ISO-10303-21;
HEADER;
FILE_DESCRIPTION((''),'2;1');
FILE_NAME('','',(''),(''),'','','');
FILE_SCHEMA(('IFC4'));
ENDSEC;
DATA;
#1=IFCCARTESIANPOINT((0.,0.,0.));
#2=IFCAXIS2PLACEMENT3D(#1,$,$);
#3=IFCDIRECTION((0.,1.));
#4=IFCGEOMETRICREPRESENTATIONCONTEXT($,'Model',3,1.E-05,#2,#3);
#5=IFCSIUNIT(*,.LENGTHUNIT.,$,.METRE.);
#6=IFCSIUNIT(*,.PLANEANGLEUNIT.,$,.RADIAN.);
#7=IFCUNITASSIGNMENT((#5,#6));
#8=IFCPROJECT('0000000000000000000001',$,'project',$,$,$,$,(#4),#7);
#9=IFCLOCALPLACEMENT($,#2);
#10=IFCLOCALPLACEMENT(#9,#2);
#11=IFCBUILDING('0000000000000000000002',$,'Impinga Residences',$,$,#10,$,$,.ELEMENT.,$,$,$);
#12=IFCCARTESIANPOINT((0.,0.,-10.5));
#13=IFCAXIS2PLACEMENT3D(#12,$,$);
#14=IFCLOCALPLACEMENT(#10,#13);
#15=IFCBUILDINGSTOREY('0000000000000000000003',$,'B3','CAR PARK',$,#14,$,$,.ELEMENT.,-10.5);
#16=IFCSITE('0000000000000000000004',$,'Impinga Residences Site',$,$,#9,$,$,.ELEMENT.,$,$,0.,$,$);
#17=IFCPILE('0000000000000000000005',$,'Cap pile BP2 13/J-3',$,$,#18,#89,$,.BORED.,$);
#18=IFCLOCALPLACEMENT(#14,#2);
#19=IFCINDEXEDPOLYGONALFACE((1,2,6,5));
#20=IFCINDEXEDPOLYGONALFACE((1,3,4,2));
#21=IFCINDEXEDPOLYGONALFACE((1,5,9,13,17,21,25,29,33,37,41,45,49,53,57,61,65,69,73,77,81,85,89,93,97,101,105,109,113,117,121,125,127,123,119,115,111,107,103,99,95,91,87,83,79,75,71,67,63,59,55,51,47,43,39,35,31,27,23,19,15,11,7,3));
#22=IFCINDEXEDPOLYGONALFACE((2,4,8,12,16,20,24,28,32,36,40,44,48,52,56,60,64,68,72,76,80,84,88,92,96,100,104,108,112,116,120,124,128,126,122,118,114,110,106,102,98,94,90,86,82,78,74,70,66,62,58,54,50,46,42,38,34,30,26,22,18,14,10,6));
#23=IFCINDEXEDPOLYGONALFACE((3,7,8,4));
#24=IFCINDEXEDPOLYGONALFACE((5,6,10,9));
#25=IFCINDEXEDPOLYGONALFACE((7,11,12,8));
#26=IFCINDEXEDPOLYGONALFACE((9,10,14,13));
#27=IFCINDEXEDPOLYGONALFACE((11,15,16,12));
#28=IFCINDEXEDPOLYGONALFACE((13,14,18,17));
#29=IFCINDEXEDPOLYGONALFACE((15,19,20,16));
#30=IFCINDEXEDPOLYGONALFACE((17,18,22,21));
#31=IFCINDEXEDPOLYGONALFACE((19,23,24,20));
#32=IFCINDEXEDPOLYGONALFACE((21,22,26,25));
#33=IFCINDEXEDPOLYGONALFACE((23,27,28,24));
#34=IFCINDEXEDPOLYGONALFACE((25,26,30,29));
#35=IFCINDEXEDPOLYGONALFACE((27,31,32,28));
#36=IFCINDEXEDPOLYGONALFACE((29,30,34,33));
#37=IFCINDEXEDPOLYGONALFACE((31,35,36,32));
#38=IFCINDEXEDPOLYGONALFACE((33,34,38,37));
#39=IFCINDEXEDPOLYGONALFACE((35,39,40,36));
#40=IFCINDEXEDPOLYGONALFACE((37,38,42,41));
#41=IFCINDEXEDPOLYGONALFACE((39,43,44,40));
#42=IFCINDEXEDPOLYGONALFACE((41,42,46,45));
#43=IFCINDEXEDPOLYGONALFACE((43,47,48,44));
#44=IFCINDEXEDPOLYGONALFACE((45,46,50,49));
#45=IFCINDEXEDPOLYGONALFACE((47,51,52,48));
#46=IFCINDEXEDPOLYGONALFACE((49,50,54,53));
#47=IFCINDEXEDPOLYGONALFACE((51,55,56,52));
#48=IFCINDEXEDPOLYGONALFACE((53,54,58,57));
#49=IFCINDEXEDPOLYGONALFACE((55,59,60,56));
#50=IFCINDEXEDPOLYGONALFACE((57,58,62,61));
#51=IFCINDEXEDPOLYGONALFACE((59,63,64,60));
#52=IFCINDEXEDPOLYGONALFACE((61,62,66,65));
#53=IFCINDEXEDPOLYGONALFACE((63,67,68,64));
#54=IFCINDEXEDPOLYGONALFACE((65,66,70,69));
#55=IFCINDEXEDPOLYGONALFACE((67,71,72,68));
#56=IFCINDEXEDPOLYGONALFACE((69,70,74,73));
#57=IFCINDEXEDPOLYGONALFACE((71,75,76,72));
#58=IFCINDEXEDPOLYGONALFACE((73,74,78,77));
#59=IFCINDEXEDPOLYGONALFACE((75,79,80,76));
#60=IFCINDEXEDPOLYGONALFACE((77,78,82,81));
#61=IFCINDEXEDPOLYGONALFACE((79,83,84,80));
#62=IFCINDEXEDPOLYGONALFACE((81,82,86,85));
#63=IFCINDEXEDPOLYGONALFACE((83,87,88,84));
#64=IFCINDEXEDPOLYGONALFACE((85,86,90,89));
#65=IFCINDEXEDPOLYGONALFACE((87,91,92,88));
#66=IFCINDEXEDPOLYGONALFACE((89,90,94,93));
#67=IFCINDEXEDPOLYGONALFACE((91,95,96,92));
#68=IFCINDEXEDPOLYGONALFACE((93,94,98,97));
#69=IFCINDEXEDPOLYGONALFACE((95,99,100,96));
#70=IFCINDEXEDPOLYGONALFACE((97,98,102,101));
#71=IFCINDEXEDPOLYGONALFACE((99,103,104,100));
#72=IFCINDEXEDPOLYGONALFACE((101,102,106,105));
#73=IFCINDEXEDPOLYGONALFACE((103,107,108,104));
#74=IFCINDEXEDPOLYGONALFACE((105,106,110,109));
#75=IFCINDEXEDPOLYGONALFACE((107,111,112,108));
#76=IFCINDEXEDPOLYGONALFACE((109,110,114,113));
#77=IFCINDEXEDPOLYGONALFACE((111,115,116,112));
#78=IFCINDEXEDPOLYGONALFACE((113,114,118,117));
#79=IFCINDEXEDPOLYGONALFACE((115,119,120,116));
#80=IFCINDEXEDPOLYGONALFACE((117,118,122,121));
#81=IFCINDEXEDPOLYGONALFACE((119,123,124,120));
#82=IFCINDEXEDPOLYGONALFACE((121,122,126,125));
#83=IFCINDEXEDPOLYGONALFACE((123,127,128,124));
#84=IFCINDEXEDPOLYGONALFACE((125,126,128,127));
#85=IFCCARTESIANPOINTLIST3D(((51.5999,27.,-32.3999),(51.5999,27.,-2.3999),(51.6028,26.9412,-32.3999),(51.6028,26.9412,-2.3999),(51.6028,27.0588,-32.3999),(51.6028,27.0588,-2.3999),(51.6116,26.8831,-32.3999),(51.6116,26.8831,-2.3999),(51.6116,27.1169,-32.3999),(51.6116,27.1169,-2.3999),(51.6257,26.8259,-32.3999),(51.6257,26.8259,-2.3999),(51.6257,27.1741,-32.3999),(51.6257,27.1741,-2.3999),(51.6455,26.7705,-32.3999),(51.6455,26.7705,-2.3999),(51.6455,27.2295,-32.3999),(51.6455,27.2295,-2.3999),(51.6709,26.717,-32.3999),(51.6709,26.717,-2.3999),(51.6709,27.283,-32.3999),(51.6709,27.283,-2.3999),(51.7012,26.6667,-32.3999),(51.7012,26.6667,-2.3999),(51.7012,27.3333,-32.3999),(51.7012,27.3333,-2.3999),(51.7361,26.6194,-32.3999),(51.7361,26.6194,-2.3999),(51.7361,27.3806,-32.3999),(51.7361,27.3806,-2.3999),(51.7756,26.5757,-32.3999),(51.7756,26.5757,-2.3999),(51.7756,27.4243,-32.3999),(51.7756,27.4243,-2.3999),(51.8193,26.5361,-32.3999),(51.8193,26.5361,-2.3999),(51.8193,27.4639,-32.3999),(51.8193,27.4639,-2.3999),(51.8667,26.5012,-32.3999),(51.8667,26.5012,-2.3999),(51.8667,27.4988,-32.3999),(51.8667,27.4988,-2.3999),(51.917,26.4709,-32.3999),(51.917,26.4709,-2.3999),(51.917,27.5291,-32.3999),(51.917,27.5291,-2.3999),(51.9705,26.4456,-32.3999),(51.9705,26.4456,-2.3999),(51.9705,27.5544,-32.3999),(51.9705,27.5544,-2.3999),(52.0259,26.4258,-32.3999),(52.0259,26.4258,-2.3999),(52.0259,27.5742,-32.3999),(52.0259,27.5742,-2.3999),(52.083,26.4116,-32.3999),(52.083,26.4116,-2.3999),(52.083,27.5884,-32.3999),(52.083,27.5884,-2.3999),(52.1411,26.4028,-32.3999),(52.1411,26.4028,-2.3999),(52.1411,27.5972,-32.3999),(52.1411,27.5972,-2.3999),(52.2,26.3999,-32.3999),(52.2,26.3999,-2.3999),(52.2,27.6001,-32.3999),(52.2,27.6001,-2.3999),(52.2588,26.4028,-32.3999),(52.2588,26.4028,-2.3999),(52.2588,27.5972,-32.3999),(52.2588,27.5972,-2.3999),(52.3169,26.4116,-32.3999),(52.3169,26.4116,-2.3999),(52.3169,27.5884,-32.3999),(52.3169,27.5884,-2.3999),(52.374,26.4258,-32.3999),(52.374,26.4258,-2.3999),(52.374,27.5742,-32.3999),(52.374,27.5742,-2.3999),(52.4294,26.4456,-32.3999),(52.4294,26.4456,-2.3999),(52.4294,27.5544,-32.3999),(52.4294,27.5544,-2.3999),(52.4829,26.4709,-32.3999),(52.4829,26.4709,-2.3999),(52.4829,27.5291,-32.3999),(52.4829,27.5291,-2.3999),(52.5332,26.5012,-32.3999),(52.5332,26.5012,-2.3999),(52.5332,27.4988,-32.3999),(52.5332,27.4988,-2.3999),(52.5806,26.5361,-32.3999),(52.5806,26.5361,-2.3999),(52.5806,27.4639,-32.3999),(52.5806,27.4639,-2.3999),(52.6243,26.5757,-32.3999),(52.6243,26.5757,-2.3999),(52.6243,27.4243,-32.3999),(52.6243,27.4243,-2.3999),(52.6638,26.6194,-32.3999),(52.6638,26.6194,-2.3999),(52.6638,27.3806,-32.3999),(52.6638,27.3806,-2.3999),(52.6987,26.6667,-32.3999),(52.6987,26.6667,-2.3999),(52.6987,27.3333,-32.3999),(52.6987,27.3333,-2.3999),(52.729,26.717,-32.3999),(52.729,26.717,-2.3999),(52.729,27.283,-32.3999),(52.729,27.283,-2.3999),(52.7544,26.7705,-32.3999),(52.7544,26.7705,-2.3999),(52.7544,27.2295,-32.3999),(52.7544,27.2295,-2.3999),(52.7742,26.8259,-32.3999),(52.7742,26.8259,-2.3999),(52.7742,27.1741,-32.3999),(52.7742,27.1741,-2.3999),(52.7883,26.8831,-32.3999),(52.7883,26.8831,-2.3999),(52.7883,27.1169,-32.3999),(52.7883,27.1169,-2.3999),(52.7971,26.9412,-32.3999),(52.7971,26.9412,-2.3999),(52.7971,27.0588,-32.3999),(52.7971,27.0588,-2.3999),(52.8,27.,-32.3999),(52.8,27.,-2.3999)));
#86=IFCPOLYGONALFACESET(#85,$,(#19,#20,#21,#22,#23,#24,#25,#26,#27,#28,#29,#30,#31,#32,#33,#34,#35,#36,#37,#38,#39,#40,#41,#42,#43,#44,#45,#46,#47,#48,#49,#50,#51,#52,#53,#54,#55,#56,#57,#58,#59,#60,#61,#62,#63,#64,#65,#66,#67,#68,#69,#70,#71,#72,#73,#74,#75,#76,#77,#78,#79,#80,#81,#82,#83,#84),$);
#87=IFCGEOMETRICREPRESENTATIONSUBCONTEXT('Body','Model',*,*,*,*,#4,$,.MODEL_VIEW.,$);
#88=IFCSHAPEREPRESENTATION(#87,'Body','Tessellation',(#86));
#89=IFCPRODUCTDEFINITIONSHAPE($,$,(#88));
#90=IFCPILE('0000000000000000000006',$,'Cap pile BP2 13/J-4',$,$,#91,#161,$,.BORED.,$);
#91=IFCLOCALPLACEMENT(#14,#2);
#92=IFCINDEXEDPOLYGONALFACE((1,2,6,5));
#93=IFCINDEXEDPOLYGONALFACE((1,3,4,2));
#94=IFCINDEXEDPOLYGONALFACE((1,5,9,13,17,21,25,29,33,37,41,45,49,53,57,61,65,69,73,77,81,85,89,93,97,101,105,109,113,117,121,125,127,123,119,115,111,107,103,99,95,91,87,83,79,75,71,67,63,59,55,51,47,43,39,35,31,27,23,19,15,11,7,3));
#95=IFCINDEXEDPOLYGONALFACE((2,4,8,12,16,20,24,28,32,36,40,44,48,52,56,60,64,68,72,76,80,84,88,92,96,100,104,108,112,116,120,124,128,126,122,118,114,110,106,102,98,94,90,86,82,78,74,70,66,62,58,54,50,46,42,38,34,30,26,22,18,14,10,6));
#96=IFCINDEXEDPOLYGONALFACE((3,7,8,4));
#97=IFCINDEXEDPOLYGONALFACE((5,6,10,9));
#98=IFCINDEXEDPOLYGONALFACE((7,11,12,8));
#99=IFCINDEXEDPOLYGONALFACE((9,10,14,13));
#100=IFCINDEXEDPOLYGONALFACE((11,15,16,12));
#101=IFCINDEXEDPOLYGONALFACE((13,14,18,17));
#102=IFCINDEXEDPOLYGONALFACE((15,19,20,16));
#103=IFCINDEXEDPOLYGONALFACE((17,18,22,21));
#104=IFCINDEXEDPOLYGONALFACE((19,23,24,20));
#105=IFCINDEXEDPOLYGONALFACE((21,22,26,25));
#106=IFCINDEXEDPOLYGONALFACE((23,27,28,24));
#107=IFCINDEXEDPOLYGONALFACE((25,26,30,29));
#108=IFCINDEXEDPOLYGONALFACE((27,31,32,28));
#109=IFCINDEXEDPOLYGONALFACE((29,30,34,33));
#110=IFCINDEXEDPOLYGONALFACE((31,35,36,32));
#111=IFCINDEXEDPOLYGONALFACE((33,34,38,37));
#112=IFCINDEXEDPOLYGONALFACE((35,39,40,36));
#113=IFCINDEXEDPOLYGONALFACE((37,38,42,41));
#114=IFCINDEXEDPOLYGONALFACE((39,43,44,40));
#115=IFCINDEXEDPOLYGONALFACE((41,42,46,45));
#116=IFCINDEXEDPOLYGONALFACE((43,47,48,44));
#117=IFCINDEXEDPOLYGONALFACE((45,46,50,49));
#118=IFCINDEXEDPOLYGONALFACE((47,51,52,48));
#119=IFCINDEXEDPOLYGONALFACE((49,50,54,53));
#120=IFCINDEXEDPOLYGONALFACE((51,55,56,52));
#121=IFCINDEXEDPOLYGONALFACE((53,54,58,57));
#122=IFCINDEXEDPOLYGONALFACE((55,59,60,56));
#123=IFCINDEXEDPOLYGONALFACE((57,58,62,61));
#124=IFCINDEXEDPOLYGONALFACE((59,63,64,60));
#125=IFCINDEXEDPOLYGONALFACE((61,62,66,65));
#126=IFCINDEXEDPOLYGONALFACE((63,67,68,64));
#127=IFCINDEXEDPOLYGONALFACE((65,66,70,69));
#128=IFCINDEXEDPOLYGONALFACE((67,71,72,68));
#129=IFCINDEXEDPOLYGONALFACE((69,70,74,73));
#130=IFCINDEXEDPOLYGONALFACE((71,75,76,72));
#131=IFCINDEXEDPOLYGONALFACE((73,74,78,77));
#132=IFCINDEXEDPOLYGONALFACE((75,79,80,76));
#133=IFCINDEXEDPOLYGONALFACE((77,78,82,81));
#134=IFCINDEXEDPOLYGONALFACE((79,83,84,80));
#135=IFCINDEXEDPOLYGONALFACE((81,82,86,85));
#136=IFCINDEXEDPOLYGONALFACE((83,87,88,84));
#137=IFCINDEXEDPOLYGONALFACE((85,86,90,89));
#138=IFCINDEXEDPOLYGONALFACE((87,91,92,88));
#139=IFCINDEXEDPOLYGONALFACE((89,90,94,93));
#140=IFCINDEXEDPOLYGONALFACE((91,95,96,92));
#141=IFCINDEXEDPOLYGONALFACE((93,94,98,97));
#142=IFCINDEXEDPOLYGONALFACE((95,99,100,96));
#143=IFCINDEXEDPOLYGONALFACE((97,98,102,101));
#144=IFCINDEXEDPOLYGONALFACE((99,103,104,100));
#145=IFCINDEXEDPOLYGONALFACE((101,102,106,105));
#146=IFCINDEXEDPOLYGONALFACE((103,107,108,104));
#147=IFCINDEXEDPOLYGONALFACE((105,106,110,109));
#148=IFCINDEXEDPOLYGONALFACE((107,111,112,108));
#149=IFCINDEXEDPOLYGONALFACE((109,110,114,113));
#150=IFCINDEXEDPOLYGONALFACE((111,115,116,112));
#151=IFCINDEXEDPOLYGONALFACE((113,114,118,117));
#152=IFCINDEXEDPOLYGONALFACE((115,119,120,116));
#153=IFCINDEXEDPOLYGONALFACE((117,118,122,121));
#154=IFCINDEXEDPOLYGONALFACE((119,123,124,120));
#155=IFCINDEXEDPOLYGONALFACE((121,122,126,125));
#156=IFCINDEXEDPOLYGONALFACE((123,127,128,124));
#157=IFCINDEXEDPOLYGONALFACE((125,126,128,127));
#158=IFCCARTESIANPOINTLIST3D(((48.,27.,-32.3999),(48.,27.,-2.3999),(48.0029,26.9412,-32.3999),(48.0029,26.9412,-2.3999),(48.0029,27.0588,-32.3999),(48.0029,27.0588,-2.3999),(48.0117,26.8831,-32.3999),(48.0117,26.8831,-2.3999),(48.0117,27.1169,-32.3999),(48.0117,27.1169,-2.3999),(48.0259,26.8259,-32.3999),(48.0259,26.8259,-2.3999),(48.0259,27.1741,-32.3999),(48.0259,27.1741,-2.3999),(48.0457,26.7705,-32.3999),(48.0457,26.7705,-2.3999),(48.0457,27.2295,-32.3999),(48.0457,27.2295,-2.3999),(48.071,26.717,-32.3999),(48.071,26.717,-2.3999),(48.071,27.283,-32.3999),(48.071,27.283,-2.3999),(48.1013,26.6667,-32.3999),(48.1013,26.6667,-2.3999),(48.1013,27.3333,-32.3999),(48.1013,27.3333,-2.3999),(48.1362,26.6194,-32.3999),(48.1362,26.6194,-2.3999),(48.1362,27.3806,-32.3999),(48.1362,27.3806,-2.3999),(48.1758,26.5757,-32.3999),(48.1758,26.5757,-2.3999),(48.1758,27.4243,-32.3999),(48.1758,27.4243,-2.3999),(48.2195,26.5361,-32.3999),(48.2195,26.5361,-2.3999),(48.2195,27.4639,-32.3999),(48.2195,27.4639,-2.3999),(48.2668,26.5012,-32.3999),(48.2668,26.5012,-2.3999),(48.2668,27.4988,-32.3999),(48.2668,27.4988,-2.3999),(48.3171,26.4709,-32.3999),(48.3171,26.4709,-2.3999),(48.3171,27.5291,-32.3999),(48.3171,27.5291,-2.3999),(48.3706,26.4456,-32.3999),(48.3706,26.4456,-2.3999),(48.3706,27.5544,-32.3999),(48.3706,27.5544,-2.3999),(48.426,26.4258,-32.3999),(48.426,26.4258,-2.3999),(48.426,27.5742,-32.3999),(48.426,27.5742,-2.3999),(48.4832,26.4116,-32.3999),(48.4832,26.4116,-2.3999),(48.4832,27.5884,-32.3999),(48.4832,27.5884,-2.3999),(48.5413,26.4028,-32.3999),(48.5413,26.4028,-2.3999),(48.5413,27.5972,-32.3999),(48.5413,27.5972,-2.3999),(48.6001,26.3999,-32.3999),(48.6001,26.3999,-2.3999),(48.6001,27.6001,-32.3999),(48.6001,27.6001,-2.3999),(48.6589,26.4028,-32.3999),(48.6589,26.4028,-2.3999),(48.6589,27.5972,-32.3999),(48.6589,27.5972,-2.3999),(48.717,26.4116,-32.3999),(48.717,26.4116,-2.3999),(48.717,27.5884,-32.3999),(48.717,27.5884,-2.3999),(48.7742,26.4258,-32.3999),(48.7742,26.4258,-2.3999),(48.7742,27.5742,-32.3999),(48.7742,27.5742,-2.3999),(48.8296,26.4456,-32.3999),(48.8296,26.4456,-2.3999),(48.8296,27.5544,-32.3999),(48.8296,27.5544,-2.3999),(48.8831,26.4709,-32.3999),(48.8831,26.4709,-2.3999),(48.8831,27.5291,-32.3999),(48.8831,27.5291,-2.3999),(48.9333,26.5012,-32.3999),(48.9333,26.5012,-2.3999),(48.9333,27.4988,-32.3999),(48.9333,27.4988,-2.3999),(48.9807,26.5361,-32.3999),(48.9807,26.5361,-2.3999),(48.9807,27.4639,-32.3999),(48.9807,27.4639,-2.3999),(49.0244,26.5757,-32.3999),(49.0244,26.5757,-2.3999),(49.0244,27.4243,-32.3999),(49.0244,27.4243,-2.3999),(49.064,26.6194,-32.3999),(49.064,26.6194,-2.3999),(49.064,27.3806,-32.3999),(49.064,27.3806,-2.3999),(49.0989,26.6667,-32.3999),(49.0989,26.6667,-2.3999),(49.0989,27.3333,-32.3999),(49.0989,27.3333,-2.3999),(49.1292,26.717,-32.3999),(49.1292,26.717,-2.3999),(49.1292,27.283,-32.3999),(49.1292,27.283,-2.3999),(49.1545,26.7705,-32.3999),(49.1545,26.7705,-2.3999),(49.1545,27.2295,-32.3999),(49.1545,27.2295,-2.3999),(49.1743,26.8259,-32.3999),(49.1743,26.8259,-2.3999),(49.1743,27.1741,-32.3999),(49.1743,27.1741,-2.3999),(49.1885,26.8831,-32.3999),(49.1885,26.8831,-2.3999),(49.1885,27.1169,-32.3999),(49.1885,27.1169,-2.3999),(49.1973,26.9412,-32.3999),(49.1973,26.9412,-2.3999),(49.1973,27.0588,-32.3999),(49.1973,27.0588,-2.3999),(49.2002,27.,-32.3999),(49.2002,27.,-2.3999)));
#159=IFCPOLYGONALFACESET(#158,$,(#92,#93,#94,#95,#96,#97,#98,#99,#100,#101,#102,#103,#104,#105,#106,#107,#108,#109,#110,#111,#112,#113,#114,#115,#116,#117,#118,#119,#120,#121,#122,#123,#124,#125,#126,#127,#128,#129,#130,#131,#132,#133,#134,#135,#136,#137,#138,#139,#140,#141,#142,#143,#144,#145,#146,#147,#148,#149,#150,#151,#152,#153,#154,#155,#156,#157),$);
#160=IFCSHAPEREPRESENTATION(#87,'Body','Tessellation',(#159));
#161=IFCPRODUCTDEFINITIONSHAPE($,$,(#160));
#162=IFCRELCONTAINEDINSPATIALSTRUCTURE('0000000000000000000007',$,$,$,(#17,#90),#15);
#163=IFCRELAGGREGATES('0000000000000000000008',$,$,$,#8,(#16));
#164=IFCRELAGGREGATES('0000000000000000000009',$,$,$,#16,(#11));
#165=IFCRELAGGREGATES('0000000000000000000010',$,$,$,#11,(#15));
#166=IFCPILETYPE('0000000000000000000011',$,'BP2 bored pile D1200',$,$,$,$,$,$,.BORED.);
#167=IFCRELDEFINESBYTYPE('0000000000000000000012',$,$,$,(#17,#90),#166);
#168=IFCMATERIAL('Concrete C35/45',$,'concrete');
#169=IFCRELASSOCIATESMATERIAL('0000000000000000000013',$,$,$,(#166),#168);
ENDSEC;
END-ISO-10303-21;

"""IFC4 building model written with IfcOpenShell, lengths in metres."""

from ifc_helpers import new_model, si_unit, direction, frame, origin, origin_2d, place, context, subcontext, project, spatial, polyline, circle, outline, extrude, material, material_profile, profile_set, type_object, element, save


model = new_model("IFC4")

# Units and contexts
model_context = context("Model", 3, precision=1e-05, world=origin(), true_north=direction((0.0, 1.0)))
body_context = subcontext(model_context, "Body", "Model", "MODEL_VIEW")
ifc_project = project(units=[si_unit("LENGTHUNIT", "METRE"), si_unit("PLANEANGLEUNIT", "RADIAN")], contexts=[model_context])

# Site, building, storey
site_placement = place(None, origin())
site = spatial("IfcSite", under=ifc_project, at=site_placement, Name="Impinga Residences Site", CompositionType="ELEMENT", RefElevation=0.0)
building_placement = place(site_placement, origin())
building = spatial("IfcBuilding", under=site, at=building_placement, Name="Impinga Residences", CompositionType="ELEMENT")
storey_placement = place(building_placement, frame((0.0, 0.0, -10.5)))
storey = spatial("IfcBuildingStorey", under=building, at=storey_placement, Name="B3", Description="CAR PARK", CompositionType="ELEMENT", Elevation=-10.5)

# Piles
ifc_material_1 = material(Name="Concrete C35/45", Category="concrete")
ifc_material_profile_1 = material_profile(ifc_material_1, circle(Radius=0.6001, at=origin_2d()), Name="D1200")
ifc_profile_set_1 = profile_set([ifc_material_profile_1], Name="Concrete C35/45")
pile_type = type_object("IfcPileType", Name="BP2 bored pile D1200", PredefinedType="BORED", material=ifc_profile_set_1)
pile_1_placement = place(storey_placement, frame((52.2, 27.0, -2.3999), z_axis=(0.0, 0.0, -1.0), x_axis=(1.0, 0.0, 0.0)))
element("IfcPile", 1, at=pile_1_placement, inside=storey, type_object=pile_type, Name="Cap pile BP2 13/J-3", PredefinedType="BORED", context=body_context, shape_type="SweptSolid", body=[
    extrude(outline(polyline([(0.6001, 0.0), (0.5972, 0.0588), (0.5884, 0.1169), (0.5742, 0.1741), (0.5544, 0.2295), (0.5291, 0.283), (0.4988, 0.3333), (0.4639, 0.3806), (0.4243, 0.4243), (0.3806, 0.4639), (0.3333, 0.4988), (0.283, 0.5291), (0.2295, 0.5544), (0.1741, 0.5742), (0.1169, 0.5884), (0.0588, 0.5972), (0.0, 0.6001), (-0.0588, 0.5972), (-0.1169, 0.5884), (-0.1741, 0.5742), (-0.2295, 0.5544), (-0.283, 0.5291), (-0.3333, 0.4988), (-0.3806, 0.4639), (-0.4243, 0.4243), (-0.4639, 0.3806), (-0.4988, 0.3333), (-0.5291, 0.283), (-0.5544, 0.2295), (-0.5742, 0.1741), (-0.5884, 0.1169), (-0.5972, 0.0588), (-0.6001, 0.0), (-0.5972, -0.0588), (-0.5884, -0.1169), (-0.5742, -0.1741), (-0.5544, -0.2295), (-0.5291, -0.283), (-0.4988, -0.3333), (-0.4639, -0.3806), (-0.4243, -0.4243), (-0.3806, -0.4639), (-0.3333, -0.4988), (-0.283, -0.5291), (-0.2295, -0.5544), (-0.1741, -0.5742), (-0.1169, -0.5884), (-0.0588, -0.5972), (0.0, -0.6001), (0.0588, -0.5972), (0.1169, -0.5884), (0.1741, -0.5742), (0.2295, -0.5544), (0.283, -0.5291), (0.3333, -0.4988), (0.3806, -0.4639), (0.4243, -0.4243), (0.4639, -0.3806), (0.4988, -0.3333), (0.5291, -0.283), (0.5544, -0.2295), (0.5742, -0.1741), (0.5884, -0.1169), (0.5972, -0.0588), (0.6001, 0.0)])), origin(), (0.0, 0.0, 1.0), 30.0),
])
pile_2_placement = place(storey_placement, frame((48.6001, 27.0, -2.3999), z_axis=(0.0, 0.0, -1.0), x_axis=(1.0, 0.0, 0.0)))
element("IfcPile", 2, at=pile_2_placement, inside=storey, type_object=pile_type, Name="Cap pile BP2 13/J-4", PredefinedType="BORED", context=body_context, shape_type="SweptSolid", body=[
    extrude(outline(polyline([(0.6001, 0.0), (0.5972, 0.0588), (0.5884, 0.1169), (0.5742, 0.1741), (0.5544, 0.2295), (0.5291, 0.283), (0.4988, 0.3333), (0.4639, 0.3806), (0.4243, 0.4243), (0.3806, 0.4639), (0.3333, 0.4988), (0.283, 0.5291), (0.2295, 0.5544), (0.1741, 0.5742), (0.1169, 0.5884), (0.0588, 0.5972), (0.0, 0.6001), (-0.0588, 0.5972), (-0.1169, 0.5884), (-0.1741, 0.5742), (-0.2295, 0.5544), (-0.283, 0.5291), (-0.3333, 0.4988), (-0.3806, 0.4639), (-0.4243, 0.4243), (-0.4639, 0.3806), (-0.4988, 0.3333), (-0.5291, 0.283), (-0.5544, 0.2295), (-0.5742, 0.1741), (-0.5884, 0.1169), (-0.5972, 0.0588), (-0.6001, 0.0), (-0.5972, -0.0588), (-0.5884, -0.1169), (-0.5742, -0.1741), (-0.5544, -0.2295), (-0.5291, -0.283), (-0.4988, -0.3333), (-0.4639, -0.3806), (-0.4243, -0.4243), (-0.3806, -0.4639), (-0.3333, -0.4988), (-0.283, -0.5291), (-0.2295, -0.5544), (-0.1741, -0.5742), (-0.1169, -0.5884), (-0.0588, -0.5972), (0.0, -0.6001), (0.0588, -0.5972), (0.1169, -0.5884), (0.1741, -0.5742), (0.2295, -0.5544), (0.283, -0.5291), (0.3333, -0.4988), (0.3806, -0.4639), (0.4243, -0.4243), (0.4639, -0.3806), (0.4988, -0.3333), (0.5291, -0.283), (0.5544, -0.2295), (0.5742, -0.1741), (0.5884, -0.1169), (0.5972, -0.0588), (0.6001, 0.0)])), origin(), (0.0, 0.0, 1.0), 30.0),
])

save(model, "model.ifc")
